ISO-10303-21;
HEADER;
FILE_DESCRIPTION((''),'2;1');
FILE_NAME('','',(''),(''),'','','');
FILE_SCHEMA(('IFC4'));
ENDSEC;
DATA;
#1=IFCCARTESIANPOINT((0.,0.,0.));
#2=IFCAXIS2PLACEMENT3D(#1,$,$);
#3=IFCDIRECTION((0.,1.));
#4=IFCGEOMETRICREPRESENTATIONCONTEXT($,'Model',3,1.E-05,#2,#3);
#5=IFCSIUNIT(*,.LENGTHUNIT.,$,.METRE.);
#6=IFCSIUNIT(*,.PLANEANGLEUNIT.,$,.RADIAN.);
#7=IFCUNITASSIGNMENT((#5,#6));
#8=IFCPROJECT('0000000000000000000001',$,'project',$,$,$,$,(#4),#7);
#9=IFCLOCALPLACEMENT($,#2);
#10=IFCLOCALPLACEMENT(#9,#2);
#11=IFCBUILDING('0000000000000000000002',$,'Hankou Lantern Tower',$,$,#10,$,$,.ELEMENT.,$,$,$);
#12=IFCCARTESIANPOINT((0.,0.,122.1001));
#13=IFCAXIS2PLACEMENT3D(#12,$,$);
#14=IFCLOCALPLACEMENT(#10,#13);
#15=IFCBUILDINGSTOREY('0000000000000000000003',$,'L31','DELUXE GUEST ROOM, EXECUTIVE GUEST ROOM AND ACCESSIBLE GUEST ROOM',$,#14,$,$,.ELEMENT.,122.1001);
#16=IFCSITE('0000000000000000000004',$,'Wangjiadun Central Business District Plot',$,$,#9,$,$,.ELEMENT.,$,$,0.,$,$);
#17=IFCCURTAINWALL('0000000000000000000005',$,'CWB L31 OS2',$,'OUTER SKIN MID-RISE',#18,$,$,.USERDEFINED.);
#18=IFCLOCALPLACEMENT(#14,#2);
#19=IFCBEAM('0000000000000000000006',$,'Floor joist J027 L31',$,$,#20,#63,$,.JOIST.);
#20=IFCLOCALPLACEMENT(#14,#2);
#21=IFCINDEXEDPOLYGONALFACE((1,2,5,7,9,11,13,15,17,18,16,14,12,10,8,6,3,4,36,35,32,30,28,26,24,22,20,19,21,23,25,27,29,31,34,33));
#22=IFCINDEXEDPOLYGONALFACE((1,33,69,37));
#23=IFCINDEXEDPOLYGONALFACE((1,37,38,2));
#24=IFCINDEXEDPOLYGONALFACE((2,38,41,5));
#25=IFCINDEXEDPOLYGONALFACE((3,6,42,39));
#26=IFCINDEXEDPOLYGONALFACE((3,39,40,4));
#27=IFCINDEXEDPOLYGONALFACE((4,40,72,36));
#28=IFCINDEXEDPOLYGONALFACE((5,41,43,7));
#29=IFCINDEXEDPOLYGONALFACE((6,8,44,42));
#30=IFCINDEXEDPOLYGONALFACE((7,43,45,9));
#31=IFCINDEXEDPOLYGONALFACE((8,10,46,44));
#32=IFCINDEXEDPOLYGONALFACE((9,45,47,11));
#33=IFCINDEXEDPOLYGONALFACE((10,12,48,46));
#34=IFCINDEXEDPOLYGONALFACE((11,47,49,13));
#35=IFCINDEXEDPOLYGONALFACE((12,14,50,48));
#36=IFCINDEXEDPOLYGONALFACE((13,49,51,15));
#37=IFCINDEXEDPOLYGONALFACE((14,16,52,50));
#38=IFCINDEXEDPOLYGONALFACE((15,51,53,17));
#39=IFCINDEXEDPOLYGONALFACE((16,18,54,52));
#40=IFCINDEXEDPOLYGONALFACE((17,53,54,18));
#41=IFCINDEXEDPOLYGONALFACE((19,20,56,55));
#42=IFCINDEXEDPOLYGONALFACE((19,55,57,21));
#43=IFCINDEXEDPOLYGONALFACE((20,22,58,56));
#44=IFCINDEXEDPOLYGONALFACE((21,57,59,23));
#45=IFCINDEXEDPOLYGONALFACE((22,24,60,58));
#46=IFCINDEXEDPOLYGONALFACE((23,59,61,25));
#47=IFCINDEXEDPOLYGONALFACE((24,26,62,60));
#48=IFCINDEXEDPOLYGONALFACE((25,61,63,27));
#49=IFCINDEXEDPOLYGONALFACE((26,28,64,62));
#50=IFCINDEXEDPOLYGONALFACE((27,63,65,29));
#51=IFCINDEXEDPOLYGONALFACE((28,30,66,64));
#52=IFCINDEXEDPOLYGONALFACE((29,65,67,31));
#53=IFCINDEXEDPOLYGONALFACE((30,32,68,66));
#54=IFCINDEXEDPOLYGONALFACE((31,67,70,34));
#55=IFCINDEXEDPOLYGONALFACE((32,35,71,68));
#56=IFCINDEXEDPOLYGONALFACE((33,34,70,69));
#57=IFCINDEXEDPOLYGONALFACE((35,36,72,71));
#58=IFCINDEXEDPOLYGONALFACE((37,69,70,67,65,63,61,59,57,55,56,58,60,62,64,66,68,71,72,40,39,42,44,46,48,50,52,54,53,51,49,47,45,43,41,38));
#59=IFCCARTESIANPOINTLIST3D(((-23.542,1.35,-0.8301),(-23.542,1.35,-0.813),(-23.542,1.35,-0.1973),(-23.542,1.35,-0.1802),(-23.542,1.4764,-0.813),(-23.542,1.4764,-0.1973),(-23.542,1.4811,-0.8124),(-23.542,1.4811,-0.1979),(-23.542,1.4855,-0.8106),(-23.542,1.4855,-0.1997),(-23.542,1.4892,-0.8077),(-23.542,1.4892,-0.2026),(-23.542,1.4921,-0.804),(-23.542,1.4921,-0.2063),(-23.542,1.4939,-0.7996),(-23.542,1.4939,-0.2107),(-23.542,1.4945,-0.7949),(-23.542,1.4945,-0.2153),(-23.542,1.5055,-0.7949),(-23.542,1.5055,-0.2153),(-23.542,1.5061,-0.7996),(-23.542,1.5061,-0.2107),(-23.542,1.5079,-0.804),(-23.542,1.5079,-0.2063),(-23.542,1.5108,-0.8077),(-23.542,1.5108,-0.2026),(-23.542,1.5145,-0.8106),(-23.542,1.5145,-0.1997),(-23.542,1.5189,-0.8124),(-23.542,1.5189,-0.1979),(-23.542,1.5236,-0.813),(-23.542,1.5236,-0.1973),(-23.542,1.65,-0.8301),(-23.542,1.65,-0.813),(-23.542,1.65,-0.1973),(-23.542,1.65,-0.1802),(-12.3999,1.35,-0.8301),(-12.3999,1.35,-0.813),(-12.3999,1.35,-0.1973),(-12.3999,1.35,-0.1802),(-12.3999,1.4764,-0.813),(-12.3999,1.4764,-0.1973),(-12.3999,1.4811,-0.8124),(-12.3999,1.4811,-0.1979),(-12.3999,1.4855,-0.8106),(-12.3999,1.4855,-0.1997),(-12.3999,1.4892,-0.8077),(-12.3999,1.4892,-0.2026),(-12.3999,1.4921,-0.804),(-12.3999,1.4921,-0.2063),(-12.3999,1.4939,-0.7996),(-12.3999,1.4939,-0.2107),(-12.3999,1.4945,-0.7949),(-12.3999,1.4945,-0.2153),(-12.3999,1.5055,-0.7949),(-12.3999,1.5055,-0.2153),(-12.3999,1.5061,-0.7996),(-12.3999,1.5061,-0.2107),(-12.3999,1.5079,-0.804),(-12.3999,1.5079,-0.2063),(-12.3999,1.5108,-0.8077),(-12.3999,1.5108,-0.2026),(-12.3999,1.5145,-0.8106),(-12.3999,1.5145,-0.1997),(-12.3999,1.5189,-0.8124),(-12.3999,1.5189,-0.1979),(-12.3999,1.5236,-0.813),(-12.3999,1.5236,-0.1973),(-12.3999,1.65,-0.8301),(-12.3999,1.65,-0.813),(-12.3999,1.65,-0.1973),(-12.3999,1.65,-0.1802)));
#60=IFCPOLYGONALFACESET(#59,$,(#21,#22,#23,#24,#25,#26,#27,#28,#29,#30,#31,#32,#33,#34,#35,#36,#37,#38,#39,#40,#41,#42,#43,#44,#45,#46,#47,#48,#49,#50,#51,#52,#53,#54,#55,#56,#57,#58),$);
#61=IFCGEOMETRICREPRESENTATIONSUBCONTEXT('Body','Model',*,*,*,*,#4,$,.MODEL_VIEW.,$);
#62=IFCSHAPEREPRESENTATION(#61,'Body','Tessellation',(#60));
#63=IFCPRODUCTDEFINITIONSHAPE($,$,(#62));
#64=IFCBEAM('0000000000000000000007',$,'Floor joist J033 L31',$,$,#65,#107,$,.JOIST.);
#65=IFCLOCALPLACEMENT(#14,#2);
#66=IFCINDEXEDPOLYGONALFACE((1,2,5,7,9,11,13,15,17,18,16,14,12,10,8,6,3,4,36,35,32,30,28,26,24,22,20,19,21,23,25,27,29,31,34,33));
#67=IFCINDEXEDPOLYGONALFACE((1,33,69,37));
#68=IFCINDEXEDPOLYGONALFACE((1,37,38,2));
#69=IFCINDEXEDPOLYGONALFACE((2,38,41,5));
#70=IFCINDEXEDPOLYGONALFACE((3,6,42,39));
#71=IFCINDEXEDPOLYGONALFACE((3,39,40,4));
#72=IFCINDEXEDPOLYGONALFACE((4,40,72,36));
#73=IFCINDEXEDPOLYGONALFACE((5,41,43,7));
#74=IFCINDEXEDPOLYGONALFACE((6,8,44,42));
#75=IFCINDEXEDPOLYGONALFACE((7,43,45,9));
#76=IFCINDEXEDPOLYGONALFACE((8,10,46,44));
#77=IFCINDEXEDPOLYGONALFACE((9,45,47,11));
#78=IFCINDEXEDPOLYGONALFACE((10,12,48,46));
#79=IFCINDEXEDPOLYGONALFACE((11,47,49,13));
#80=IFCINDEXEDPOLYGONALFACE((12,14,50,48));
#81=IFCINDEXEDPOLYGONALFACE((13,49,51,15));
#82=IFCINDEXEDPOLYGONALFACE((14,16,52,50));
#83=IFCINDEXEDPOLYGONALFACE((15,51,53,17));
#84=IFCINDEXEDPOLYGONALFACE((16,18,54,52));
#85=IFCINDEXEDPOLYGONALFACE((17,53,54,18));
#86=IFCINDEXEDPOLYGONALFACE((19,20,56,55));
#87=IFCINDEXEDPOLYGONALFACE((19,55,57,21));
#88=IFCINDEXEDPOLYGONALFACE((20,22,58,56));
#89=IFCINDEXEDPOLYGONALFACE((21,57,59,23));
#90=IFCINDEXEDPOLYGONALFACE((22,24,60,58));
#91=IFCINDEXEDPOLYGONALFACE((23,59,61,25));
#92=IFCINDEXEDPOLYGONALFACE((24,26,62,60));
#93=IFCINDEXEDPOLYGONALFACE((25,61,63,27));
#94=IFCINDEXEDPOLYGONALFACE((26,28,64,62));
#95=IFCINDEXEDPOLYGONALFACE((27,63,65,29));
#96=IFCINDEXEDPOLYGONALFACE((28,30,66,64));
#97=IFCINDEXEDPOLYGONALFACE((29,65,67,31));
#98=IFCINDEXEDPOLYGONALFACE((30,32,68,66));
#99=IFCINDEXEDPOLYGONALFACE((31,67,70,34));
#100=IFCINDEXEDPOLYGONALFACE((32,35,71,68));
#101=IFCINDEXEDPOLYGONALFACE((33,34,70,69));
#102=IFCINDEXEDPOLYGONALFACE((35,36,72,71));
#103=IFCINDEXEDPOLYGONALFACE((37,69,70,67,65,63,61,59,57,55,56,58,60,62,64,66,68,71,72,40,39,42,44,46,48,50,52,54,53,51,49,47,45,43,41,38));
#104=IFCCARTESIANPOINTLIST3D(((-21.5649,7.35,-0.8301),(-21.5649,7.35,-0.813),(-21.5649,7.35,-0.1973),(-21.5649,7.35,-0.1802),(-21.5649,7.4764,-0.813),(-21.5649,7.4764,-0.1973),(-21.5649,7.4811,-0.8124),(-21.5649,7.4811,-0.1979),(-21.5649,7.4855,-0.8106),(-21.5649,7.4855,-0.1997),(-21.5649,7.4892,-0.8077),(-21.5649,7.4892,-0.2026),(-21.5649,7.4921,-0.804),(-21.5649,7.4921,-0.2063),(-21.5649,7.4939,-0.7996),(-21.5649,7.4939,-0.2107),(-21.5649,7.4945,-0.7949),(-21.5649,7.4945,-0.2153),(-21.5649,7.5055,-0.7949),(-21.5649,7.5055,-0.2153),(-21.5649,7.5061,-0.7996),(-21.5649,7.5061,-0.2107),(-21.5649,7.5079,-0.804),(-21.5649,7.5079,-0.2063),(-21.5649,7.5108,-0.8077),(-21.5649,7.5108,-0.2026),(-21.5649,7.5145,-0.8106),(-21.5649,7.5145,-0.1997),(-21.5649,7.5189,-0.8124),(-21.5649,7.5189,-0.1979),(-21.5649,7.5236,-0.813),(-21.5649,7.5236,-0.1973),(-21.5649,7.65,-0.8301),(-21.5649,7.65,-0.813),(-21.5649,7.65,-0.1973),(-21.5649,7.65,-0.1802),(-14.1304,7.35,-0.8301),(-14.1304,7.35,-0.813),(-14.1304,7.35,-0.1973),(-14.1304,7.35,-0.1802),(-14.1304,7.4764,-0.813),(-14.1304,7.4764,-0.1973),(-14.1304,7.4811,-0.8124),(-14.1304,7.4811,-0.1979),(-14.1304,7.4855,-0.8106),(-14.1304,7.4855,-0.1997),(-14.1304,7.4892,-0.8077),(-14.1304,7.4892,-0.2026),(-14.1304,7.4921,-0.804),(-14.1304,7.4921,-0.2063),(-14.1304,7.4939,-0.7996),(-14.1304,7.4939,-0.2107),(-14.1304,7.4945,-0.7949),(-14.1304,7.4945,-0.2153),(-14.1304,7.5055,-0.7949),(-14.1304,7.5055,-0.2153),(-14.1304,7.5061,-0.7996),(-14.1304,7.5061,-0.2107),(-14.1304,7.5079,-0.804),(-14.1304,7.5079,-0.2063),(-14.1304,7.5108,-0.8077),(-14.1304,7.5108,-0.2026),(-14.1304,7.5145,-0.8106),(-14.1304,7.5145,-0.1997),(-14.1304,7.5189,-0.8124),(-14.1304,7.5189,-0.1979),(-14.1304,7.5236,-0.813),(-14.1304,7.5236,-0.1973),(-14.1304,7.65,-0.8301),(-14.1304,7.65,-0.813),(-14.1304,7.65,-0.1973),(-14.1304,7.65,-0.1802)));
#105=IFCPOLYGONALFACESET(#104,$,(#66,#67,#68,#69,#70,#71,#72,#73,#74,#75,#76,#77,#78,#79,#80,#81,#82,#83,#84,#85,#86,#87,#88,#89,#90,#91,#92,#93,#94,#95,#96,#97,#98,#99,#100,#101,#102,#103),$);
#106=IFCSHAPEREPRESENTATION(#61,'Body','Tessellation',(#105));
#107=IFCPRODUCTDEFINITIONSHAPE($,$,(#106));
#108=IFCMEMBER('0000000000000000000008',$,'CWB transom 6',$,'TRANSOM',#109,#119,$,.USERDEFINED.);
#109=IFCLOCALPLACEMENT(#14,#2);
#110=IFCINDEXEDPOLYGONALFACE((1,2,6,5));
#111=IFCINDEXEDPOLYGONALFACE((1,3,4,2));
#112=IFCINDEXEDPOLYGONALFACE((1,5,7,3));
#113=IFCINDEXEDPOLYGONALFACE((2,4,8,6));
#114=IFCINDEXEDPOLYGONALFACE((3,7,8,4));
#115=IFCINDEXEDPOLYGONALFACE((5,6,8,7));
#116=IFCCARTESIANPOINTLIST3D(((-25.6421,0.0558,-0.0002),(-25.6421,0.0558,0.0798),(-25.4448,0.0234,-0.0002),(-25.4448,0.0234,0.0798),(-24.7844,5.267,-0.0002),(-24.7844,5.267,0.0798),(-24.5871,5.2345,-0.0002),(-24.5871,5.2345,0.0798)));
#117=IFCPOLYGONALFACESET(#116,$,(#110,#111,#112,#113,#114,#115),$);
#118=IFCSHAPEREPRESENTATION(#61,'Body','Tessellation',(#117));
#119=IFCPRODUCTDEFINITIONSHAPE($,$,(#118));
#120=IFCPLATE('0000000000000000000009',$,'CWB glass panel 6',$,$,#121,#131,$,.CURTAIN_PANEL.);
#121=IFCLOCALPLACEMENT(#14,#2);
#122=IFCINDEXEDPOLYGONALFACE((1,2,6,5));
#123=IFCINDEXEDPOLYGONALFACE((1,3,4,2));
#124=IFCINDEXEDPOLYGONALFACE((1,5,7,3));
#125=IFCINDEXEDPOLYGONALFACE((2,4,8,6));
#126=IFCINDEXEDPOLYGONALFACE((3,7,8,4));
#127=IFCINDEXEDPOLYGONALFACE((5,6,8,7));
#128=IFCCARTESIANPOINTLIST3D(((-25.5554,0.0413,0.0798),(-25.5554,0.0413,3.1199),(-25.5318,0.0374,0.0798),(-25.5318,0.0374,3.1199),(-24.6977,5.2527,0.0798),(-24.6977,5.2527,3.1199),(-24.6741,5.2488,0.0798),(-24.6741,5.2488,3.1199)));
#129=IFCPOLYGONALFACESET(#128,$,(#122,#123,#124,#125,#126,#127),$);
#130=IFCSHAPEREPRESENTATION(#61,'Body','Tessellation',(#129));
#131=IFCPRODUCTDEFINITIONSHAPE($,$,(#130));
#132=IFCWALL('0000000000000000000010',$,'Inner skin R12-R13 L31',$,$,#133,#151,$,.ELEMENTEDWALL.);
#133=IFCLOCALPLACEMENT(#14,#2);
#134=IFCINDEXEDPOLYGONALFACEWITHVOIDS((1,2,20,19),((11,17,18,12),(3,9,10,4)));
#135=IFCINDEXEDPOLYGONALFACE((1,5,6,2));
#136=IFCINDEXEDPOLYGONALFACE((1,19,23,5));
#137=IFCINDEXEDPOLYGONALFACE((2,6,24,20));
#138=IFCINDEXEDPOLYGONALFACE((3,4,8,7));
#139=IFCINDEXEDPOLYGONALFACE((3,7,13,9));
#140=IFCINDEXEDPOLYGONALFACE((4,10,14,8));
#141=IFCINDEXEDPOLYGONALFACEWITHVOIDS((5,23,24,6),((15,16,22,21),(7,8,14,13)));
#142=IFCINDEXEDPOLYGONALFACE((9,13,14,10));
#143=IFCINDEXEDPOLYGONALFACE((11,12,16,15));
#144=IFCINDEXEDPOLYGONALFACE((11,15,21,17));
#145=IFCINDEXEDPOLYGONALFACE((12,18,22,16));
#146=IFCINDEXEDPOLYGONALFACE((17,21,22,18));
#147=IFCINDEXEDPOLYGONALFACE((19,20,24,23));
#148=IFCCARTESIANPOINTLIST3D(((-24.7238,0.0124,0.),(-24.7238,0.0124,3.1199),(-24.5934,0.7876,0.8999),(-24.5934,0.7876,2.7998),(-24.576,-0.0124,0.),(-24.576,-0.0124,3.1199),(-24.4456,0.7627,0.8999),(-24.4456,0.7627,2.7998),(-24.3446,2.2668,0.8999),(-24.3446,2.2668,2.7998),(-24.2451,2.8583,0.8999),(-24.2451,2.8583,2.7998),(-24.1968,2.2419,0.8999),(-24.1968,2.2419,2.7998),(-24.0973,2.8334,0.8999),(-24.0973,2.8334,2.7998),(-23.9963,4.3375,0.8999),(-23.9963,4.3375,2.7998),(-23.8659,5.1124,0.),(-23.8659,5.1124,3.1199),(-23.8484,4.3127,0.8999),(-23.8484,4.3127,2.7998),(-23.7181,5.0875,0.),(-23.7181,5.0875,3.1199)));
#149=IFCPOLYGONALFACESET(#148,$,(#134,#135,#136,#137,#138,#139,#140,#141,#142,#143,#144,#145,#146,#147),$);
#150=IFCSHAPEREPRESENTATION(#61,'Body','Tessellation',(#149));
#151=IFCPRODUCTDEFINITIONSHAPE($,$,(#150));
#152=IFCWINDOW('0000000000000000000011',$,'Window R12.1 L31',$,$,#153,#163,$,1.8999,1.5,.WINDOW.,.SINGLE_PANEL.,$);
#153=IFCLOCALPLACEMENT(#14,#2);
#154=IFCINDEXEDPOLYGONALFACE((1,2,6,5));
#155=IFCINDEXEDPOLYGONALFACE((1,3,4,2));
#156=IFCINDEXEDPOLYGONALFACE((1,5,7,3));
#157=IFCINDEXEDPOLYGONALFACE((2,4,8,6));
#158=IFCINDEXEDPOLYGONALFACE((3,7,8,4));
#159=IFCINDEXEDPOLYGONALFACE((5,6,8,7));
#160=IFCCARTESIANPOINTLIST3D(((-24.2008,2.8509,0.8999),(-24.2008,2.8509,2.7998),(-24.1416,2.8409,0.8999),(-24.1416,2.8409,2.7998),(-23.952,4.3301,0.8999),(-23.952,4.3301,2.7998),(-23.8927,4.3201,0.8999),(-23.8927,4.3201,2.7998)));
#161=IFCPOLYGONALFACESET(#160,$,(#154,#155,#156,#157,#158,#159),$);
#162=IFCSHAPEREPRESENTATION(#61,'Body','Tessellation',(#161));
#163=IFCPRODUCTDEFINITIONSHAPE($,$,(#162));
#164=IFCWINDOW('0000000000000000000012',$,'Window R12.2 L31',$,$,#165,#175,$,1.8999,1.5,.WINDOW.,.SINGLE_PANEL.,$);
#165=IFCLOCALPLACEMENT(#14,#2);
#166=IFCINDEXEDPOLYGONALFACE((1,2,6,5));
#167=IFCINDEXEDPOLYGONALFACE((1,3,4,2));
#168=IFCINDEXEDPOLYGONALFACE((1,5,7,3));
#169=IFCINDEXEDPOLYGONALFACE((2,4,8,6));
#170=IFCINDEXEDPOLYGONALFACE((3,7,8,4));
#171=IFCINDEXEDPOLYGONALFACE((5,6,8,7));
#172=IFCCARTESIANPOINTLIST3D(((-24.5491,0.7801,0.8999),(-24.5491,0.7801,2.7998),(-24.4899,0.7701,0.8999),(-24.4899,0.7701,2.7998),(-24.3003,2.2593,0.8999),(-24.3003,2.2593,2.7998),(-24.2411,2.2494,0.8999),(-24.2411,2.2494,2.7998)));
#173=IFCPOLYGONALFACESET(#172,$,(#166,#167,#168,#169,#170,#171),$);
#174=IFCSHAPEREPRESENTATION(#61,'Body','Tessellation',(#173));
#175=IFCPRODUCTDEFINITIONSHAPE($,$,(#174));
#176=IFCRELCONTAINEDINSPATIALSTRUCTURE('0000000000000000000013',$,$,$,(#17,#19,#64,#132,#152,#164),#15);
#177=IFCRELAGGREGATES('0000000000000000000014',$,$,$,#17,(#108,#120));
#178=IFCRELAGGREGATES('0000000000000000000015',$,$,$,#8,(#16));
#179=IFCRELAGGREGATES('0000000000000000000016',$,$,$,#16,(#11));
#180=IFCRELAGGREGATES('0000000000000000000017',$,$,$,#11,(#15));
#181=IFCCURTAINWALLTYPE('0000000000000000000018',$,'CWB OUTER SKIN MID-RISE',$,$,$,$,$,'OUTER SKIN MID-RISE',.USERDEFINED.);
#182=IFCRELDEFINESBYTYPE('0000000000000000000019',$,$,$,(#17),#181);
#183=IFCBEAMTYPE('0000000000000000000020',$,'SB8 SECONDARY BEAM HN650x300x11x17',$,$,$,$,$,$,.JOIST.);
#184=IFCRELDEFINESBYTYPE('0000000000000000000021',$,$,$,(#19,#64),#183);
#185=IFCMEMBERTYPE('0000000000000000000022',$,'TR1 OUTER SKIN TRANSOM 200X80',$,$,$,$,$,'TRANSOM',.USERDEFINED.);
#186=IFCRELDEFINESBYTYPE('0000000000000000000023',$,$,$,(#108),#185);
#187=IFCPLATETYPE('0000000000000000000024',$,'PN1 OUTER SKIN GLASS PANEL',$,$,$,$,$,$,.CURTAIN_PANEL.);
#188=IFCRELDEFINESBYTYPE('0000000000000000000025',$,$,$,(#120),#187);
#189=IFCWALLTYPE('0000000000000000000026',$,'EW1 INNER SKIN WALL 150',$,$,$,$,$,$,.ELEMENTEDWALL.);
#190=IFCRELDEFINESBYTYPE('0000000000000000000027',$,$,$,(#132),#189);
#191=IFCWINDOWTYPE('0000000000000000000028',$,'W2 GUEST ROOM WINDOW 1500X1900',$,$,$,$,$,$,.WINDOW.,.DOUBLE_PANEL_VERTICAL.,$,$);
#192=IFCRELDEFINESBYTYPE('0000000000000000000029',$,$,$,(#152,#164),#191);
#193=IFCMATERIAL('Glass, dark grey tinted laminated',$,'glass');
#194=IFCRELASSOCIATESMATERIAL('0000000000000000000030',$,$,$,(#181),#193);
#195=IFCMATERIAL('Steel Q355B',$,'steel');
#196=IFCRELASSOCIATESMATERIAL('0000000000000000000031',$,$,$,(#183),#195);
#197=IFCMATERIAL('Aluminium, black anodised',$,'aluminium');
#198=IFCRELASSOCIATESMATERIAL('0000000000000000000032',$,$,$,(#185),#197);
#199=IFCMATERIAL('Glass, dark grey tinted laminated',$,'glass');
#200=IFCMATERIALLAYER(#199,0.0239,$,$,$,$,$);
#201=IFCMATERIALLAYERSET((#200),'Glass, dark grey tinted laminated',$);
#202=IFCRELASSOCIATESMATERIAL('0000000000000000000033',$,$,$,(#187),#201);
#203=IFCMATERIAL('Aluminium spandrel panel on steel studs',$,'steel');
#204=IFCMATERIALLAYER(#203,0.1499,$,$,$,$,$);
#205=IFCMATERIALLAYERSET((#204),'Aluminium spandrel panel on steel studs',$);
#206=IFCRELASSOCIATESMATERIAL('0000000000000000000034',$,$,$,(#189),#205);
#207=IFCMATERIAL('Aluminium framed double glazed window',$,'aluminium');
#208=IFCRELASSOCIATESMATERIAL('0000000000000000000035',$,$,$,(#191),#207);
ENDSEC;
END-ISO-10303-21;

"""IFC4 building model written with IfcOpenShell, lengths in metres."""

from ifc_helpers import new_model, si_unit, direction, frame, frame_2d, origin, origin_2d, place, context, subcontext, project, spatial, rectangle, i_section, extrude, material, layer, layer_set, material_profile, profile_set, type_object, element, fill, aggregate, save


model = new_model("IFC4")

# Units and contexts
model_context = context("Model", 3, precision=1e-05, world=origin(), true_north=direction((0.0, 1.0)))
body_context = subcontext(model_context, "Body", "Model", "MODEL_VIEW")
ifc_project = project(units=[si_unit("LENGTHUNIT", "METRE"), si_unit("PLANEANGLEUNIT", "RADIAN")], contexts=[model_context])

# Site, building, storey
site_placement = place(None, origin())
site = spatial("IfcSite", under=ifc_project, at=site_placement, Name="Wangjiadun Central Business District Plot", CompositionType="ELEMENT", RefElevation=0.0)
building_placement = place(site_placement, origin())
building = spatial("IfcBuilding", under=site, at=building_placement, Name="Hankou Lantern Tower", CompositionType="ELEMENT")
storey_placement = place(building_placement, frame((0.0, 0.0, 122.1001)))
storey = spatial("IfcBuildingStorey", under=building, at=storey_placement, Name="L31", Description="DELUXE GUEST ROOM, EXECUTIVE GUEST ROOM AND ACCESSIBLE GUEST ROOM", CompositionType="ELEMENT", Elevation=122.1001)

# Curtain wall
ifc_material_1 = material(Name="Glass, dark grey tinted laminated", Category="glass")
curtain_wall_type = type_object("IfcCurtainWallType", Name="CWB OUTER SKIN MID-RISE", ElementType="OUTER SKIN MID-RISE", PredefinedType="USERDEFINED", material=ifc_material_1)
curtain_wall_1_placement = place(storey_placement, origin())
curtain_wall_1 = element("IfcCurtainWall", 1, at=curtain_wall_1_placement, inside=storey, type_object=curtain_wall_type, Name="CWB L31 OS2", ObjectType="OUTER SKIN MID-RISE", PredefinedType="USERDEFINED")

# Beams
ifc_material_2 = material(Name="Steel Q355B", Category="steel")
ifc_material_profile_1 = material_profile(ifc_material_2, i_section(OverallWidth=0.3, OverallDepth=0.6499, WebThickness=0.011, FlangeThickness=0.0171, FilletRadius=0.0181, at=origin_2d()), Name="HN650x300x11x17")
ifc_profile_set_1 = profile_set([ifc_material_profile_1], Name="Steel Q355B")
beam_type_1 = type_object("IfcBeamType", Name="SB8 SECONDARY BEAM HN650x300x11x17", PredefinedType="JOIST", material=ifc_profile_set_1)
beam_1_placement = place(storey_placement, frame((-23.542, 1.5, -0.5051), z_axis=(1.0, 0.0, 0.0), x_axis=(0.0, 1.0, 0.0)))
element("IfcBeam", 2, at=beam_1_placement, inside=storey, type_object=beam_type_1, Name="Floor joist J027 L31", PredefinedType="JOIST", context=body_context, shape_type="SweptSolid", body=[
    extrude(i_section(OverallWidth=0.3, OverallDepth=0.6499, WebThickness=0.011, FlangeThickness=0.0171, FilletRadius=0.0181, at=origin_2d()), origin(), (0.0, 0.0, 1.0), 11.1421),
])
beam_2_placement = place(storey_placement, frame((-21.5649, 7.5, -0.5051), z_axis=(1.0, 0.0, 0.0), x_axis=(0.0, 1.0, 0.0)))
element("IfcBeam", 3, at=beam_2_placement, inside=storey, type_object=beam_type_1, Name="Floor joist J033 L31", PredefinedType="JOIST", context=body_context, shape_type="SweptSolid", body=[
    extrude(i_section(OverallWidth=0.3, OverallDepth=0.6499, WebThickness=0.011, FlangeThickness=0.0171, FilletRadius=0.0181, at=origin_2d()), origin(), (0.0, 0.0, 1.0), 7.4346),
])

# Member
ifc_material_3 = material(Name="Aluminium, black anodised", Category="aluminium")
ifc_material_profile_2 = material_profile(ifc_material_3, rectangle(XDim=0.2, YDim=0.0801, at=origin_2d()), Name="TR1 200X80")
ifc_profile_set_2 = profile_set([ifc_material_profile_2], Name="Aluminium, black anodised")
member_type_1 = type_object("IfcMemberType", Name="TR1 OUTER SKIN TRANSOM 200X80", ElementType="TRANSOM", PredefinedType="USERDEFINED", material=ifc_profile_set_2)
member_1_placement = place(storey_placement, frame((-24.6858, 5.2507, 0.0398), z_axis=(-0.162397, -0.986725, 0.0), x_axis=(0.986725, -0.162397, 0.0)))
member_1 = element("IfcMember", 4, at=member_1_placement, type_object=member_type_1, Name="CWB transom 6", ObjectType="TRANSOM", PredefinedType="USERDEFINED", context=body_context, shape_type="SweptSolid", body=[
    extrude(rectangle(XDim=0.2, YDim=0.0801, at=origin_2d()), origin(), (0.0, 0.0, 1.0), 5.2812),
])

# Plate
ifc_material_4 = material(Name="Glass, dark grey tinted laminated", Category="glass")
ifc_layer_1 = layer(ifc_material_4, 0.0239)
ifc_layer_set_1 = layer_set([ifc_layer_1], Name="Glass, dark grey tinted laminated")
plate_type = type_object("IfcPlateType", Name="PN1 OUTER SKIN GLASS PANEL", PredefinedType="CURTAIN_PANEL", material=ifc_layer_set_1)
plate_placement = place(storey_placement, frame((-25.1147, 2.645, 0.0798), z_axis=(0.0, 0.0, 1.0), x_axis=(-0.162382, -0.986728, 0.0)))
plate = element("IfcPlate", 5, at=plate_placement, type_object=plate_type, Name="CWB glass panel 6", PredefinedType="CURTAIN_PANEL", context=body_context, shape_type="SweptSolid", body=[
    extrude(rectangle(XDim=5.2815, YDim=0.0239, at=origin_2d()), origin(), (0.0, 0.0, 1.0), 3.04),
])
aggregate(curtain_wall_1, [member_1, plate])

# Wall, openings, windows
ifc_material_5 = material(Name="Aluminium spandrel panel on steel studs", Category="steel")
ifc_layer_2 = layer(ifc_material_5, 0.1499)
ifc_layer_set_2 = layer_set([ifc_layer_2], Name="Aluminium spandrel panel on steel studs")
wall_type_1 = type_object("IfcWallType", Name="EW1 INNER SKIN WALL 150", PredefinedType="ELEMENTEDWALL", material=ifc_layer_set_2)
wall_1_placement = place(storey_placement, frame((-23.792, 5.1001, 0.0), z_axis=(0.0, 0.0, 1.0), x_axis=(-0.165884, -0.986145, 0.0)))
wall_1 = element("IfcWall", 6, at=wall_1_placement, inside=storey, type_object=wall_type_1, Name="Inner skin R12-R13 L31", PredefinedType="ELEMENTEDWALL", context=body_context, shape_type="SweptSolid", body=[
    extrude(rectangle(XDim=5.1716, YDim=0.1499, at=frame_2d((2.5859, 0.0))), origin(), (0.0, 0.0, 1.0), 3.1199),
])
opening_1_placement = place(wall_1_placement, frame((0.7859, 0.0, 0.8999)))
opening_1 = element("IfcOpeningElement", 7, at=opening_1_placement, cuts=wall_1, PredefinedType="OPENING", context=body_context, shape_type="SweptSolid", body=[
    extrude(rectangle(XDim=1.5, YDim=1.8999, at=frame_2d((0.75, 0.95))), frame((0.0, 0.085, 0.0), z_axis=(0.0, -1.0, 0.0), x_axis=(1.0, 0.0, 0.0)), (0.0, 0.0, 1.0), 0.1699),
])
opening_2_placement = place(wall_1_placement, frame((2.8857, 0.0, 0.8999)))
opening_2 = element("IfcOpeningElement", 8, at=opening_2_placement, cuts=wall_1, PredefinedType="OPENING", context=body_context, shape_type="SweptSolid", body=[
    extrude(rectangle(XDim=1.5, YDim=1.8999, at=frame_2d((0.75, 0.95))), frame((0.0, 0.085, 0.0), z_axis=(0.0, -1.0, 0.0), x_axis=(1.0, 0.0, 0.0)), (0.0, 0.0, 1.0), 0.1699),
])
ifc_material_6 = material(Name="Aluminium framed double glazed window", Category="aluminium")
window_type = type_object("IfcWindowType", Name="W2 GUEST ROOM WINDOW 1500X1900", PartitioningType="DOUBLE_PANEL_VERTICAL", PredefinedType="WINDOW", material=ifc_material_6)
window_1_placement = place(opening_1_placement, origin())
window_1 = element("IfcWindow", 9, at=window_1_placement, inside=storey, type_object=window_type, Name="Window R12.1 L31", OverallHeight=1.8999, OverallWidth=1.5, PartitioningType="SINGLE_PANEL", PredefinedType="WINDOW", context=body_context, shape_type="SweptSolid", body=[
    extrude(rectangle(XDim=1.5, YDim=1.8999, at=frame_2d((0.75, 0.95))), frame((0.0, 0.03, 0.0), z_axis=(0.0, -1.0, 0.0), x_axis=(1.0, 0.0, 0.0)), (0.0, 0.0, 1.0), 0.0601),
])
fill(opening_1, window_1)
window_2_placement = place(opening_2_placement, origin())
window_2 = element("IfcWindow", 10, at=window_2_placement, inside=storey, type_object=window_type, Name="Window R12.2 L31", OverallHeight=1.8999, OverallWidth=1.5, PartitioningType="SINGLE_PANEL", PredefinedType="WINDOW", context=body_context, shape_type="SweptSolid", body=[
    extrude(rectangle(XDim=1.5, YDim=1.8999, at=frame_2d((0.75, 0.95))), frame((0.0, 0.03, 0.0), z_axis=(0.0, -1.0, 0.0), x_axis=(1.0, 0.0, 0.0)), (0.0, 0.0, 1.0), 0.0601),
])
fill(opening_2, window_2)

save(model, "model.ifc")
